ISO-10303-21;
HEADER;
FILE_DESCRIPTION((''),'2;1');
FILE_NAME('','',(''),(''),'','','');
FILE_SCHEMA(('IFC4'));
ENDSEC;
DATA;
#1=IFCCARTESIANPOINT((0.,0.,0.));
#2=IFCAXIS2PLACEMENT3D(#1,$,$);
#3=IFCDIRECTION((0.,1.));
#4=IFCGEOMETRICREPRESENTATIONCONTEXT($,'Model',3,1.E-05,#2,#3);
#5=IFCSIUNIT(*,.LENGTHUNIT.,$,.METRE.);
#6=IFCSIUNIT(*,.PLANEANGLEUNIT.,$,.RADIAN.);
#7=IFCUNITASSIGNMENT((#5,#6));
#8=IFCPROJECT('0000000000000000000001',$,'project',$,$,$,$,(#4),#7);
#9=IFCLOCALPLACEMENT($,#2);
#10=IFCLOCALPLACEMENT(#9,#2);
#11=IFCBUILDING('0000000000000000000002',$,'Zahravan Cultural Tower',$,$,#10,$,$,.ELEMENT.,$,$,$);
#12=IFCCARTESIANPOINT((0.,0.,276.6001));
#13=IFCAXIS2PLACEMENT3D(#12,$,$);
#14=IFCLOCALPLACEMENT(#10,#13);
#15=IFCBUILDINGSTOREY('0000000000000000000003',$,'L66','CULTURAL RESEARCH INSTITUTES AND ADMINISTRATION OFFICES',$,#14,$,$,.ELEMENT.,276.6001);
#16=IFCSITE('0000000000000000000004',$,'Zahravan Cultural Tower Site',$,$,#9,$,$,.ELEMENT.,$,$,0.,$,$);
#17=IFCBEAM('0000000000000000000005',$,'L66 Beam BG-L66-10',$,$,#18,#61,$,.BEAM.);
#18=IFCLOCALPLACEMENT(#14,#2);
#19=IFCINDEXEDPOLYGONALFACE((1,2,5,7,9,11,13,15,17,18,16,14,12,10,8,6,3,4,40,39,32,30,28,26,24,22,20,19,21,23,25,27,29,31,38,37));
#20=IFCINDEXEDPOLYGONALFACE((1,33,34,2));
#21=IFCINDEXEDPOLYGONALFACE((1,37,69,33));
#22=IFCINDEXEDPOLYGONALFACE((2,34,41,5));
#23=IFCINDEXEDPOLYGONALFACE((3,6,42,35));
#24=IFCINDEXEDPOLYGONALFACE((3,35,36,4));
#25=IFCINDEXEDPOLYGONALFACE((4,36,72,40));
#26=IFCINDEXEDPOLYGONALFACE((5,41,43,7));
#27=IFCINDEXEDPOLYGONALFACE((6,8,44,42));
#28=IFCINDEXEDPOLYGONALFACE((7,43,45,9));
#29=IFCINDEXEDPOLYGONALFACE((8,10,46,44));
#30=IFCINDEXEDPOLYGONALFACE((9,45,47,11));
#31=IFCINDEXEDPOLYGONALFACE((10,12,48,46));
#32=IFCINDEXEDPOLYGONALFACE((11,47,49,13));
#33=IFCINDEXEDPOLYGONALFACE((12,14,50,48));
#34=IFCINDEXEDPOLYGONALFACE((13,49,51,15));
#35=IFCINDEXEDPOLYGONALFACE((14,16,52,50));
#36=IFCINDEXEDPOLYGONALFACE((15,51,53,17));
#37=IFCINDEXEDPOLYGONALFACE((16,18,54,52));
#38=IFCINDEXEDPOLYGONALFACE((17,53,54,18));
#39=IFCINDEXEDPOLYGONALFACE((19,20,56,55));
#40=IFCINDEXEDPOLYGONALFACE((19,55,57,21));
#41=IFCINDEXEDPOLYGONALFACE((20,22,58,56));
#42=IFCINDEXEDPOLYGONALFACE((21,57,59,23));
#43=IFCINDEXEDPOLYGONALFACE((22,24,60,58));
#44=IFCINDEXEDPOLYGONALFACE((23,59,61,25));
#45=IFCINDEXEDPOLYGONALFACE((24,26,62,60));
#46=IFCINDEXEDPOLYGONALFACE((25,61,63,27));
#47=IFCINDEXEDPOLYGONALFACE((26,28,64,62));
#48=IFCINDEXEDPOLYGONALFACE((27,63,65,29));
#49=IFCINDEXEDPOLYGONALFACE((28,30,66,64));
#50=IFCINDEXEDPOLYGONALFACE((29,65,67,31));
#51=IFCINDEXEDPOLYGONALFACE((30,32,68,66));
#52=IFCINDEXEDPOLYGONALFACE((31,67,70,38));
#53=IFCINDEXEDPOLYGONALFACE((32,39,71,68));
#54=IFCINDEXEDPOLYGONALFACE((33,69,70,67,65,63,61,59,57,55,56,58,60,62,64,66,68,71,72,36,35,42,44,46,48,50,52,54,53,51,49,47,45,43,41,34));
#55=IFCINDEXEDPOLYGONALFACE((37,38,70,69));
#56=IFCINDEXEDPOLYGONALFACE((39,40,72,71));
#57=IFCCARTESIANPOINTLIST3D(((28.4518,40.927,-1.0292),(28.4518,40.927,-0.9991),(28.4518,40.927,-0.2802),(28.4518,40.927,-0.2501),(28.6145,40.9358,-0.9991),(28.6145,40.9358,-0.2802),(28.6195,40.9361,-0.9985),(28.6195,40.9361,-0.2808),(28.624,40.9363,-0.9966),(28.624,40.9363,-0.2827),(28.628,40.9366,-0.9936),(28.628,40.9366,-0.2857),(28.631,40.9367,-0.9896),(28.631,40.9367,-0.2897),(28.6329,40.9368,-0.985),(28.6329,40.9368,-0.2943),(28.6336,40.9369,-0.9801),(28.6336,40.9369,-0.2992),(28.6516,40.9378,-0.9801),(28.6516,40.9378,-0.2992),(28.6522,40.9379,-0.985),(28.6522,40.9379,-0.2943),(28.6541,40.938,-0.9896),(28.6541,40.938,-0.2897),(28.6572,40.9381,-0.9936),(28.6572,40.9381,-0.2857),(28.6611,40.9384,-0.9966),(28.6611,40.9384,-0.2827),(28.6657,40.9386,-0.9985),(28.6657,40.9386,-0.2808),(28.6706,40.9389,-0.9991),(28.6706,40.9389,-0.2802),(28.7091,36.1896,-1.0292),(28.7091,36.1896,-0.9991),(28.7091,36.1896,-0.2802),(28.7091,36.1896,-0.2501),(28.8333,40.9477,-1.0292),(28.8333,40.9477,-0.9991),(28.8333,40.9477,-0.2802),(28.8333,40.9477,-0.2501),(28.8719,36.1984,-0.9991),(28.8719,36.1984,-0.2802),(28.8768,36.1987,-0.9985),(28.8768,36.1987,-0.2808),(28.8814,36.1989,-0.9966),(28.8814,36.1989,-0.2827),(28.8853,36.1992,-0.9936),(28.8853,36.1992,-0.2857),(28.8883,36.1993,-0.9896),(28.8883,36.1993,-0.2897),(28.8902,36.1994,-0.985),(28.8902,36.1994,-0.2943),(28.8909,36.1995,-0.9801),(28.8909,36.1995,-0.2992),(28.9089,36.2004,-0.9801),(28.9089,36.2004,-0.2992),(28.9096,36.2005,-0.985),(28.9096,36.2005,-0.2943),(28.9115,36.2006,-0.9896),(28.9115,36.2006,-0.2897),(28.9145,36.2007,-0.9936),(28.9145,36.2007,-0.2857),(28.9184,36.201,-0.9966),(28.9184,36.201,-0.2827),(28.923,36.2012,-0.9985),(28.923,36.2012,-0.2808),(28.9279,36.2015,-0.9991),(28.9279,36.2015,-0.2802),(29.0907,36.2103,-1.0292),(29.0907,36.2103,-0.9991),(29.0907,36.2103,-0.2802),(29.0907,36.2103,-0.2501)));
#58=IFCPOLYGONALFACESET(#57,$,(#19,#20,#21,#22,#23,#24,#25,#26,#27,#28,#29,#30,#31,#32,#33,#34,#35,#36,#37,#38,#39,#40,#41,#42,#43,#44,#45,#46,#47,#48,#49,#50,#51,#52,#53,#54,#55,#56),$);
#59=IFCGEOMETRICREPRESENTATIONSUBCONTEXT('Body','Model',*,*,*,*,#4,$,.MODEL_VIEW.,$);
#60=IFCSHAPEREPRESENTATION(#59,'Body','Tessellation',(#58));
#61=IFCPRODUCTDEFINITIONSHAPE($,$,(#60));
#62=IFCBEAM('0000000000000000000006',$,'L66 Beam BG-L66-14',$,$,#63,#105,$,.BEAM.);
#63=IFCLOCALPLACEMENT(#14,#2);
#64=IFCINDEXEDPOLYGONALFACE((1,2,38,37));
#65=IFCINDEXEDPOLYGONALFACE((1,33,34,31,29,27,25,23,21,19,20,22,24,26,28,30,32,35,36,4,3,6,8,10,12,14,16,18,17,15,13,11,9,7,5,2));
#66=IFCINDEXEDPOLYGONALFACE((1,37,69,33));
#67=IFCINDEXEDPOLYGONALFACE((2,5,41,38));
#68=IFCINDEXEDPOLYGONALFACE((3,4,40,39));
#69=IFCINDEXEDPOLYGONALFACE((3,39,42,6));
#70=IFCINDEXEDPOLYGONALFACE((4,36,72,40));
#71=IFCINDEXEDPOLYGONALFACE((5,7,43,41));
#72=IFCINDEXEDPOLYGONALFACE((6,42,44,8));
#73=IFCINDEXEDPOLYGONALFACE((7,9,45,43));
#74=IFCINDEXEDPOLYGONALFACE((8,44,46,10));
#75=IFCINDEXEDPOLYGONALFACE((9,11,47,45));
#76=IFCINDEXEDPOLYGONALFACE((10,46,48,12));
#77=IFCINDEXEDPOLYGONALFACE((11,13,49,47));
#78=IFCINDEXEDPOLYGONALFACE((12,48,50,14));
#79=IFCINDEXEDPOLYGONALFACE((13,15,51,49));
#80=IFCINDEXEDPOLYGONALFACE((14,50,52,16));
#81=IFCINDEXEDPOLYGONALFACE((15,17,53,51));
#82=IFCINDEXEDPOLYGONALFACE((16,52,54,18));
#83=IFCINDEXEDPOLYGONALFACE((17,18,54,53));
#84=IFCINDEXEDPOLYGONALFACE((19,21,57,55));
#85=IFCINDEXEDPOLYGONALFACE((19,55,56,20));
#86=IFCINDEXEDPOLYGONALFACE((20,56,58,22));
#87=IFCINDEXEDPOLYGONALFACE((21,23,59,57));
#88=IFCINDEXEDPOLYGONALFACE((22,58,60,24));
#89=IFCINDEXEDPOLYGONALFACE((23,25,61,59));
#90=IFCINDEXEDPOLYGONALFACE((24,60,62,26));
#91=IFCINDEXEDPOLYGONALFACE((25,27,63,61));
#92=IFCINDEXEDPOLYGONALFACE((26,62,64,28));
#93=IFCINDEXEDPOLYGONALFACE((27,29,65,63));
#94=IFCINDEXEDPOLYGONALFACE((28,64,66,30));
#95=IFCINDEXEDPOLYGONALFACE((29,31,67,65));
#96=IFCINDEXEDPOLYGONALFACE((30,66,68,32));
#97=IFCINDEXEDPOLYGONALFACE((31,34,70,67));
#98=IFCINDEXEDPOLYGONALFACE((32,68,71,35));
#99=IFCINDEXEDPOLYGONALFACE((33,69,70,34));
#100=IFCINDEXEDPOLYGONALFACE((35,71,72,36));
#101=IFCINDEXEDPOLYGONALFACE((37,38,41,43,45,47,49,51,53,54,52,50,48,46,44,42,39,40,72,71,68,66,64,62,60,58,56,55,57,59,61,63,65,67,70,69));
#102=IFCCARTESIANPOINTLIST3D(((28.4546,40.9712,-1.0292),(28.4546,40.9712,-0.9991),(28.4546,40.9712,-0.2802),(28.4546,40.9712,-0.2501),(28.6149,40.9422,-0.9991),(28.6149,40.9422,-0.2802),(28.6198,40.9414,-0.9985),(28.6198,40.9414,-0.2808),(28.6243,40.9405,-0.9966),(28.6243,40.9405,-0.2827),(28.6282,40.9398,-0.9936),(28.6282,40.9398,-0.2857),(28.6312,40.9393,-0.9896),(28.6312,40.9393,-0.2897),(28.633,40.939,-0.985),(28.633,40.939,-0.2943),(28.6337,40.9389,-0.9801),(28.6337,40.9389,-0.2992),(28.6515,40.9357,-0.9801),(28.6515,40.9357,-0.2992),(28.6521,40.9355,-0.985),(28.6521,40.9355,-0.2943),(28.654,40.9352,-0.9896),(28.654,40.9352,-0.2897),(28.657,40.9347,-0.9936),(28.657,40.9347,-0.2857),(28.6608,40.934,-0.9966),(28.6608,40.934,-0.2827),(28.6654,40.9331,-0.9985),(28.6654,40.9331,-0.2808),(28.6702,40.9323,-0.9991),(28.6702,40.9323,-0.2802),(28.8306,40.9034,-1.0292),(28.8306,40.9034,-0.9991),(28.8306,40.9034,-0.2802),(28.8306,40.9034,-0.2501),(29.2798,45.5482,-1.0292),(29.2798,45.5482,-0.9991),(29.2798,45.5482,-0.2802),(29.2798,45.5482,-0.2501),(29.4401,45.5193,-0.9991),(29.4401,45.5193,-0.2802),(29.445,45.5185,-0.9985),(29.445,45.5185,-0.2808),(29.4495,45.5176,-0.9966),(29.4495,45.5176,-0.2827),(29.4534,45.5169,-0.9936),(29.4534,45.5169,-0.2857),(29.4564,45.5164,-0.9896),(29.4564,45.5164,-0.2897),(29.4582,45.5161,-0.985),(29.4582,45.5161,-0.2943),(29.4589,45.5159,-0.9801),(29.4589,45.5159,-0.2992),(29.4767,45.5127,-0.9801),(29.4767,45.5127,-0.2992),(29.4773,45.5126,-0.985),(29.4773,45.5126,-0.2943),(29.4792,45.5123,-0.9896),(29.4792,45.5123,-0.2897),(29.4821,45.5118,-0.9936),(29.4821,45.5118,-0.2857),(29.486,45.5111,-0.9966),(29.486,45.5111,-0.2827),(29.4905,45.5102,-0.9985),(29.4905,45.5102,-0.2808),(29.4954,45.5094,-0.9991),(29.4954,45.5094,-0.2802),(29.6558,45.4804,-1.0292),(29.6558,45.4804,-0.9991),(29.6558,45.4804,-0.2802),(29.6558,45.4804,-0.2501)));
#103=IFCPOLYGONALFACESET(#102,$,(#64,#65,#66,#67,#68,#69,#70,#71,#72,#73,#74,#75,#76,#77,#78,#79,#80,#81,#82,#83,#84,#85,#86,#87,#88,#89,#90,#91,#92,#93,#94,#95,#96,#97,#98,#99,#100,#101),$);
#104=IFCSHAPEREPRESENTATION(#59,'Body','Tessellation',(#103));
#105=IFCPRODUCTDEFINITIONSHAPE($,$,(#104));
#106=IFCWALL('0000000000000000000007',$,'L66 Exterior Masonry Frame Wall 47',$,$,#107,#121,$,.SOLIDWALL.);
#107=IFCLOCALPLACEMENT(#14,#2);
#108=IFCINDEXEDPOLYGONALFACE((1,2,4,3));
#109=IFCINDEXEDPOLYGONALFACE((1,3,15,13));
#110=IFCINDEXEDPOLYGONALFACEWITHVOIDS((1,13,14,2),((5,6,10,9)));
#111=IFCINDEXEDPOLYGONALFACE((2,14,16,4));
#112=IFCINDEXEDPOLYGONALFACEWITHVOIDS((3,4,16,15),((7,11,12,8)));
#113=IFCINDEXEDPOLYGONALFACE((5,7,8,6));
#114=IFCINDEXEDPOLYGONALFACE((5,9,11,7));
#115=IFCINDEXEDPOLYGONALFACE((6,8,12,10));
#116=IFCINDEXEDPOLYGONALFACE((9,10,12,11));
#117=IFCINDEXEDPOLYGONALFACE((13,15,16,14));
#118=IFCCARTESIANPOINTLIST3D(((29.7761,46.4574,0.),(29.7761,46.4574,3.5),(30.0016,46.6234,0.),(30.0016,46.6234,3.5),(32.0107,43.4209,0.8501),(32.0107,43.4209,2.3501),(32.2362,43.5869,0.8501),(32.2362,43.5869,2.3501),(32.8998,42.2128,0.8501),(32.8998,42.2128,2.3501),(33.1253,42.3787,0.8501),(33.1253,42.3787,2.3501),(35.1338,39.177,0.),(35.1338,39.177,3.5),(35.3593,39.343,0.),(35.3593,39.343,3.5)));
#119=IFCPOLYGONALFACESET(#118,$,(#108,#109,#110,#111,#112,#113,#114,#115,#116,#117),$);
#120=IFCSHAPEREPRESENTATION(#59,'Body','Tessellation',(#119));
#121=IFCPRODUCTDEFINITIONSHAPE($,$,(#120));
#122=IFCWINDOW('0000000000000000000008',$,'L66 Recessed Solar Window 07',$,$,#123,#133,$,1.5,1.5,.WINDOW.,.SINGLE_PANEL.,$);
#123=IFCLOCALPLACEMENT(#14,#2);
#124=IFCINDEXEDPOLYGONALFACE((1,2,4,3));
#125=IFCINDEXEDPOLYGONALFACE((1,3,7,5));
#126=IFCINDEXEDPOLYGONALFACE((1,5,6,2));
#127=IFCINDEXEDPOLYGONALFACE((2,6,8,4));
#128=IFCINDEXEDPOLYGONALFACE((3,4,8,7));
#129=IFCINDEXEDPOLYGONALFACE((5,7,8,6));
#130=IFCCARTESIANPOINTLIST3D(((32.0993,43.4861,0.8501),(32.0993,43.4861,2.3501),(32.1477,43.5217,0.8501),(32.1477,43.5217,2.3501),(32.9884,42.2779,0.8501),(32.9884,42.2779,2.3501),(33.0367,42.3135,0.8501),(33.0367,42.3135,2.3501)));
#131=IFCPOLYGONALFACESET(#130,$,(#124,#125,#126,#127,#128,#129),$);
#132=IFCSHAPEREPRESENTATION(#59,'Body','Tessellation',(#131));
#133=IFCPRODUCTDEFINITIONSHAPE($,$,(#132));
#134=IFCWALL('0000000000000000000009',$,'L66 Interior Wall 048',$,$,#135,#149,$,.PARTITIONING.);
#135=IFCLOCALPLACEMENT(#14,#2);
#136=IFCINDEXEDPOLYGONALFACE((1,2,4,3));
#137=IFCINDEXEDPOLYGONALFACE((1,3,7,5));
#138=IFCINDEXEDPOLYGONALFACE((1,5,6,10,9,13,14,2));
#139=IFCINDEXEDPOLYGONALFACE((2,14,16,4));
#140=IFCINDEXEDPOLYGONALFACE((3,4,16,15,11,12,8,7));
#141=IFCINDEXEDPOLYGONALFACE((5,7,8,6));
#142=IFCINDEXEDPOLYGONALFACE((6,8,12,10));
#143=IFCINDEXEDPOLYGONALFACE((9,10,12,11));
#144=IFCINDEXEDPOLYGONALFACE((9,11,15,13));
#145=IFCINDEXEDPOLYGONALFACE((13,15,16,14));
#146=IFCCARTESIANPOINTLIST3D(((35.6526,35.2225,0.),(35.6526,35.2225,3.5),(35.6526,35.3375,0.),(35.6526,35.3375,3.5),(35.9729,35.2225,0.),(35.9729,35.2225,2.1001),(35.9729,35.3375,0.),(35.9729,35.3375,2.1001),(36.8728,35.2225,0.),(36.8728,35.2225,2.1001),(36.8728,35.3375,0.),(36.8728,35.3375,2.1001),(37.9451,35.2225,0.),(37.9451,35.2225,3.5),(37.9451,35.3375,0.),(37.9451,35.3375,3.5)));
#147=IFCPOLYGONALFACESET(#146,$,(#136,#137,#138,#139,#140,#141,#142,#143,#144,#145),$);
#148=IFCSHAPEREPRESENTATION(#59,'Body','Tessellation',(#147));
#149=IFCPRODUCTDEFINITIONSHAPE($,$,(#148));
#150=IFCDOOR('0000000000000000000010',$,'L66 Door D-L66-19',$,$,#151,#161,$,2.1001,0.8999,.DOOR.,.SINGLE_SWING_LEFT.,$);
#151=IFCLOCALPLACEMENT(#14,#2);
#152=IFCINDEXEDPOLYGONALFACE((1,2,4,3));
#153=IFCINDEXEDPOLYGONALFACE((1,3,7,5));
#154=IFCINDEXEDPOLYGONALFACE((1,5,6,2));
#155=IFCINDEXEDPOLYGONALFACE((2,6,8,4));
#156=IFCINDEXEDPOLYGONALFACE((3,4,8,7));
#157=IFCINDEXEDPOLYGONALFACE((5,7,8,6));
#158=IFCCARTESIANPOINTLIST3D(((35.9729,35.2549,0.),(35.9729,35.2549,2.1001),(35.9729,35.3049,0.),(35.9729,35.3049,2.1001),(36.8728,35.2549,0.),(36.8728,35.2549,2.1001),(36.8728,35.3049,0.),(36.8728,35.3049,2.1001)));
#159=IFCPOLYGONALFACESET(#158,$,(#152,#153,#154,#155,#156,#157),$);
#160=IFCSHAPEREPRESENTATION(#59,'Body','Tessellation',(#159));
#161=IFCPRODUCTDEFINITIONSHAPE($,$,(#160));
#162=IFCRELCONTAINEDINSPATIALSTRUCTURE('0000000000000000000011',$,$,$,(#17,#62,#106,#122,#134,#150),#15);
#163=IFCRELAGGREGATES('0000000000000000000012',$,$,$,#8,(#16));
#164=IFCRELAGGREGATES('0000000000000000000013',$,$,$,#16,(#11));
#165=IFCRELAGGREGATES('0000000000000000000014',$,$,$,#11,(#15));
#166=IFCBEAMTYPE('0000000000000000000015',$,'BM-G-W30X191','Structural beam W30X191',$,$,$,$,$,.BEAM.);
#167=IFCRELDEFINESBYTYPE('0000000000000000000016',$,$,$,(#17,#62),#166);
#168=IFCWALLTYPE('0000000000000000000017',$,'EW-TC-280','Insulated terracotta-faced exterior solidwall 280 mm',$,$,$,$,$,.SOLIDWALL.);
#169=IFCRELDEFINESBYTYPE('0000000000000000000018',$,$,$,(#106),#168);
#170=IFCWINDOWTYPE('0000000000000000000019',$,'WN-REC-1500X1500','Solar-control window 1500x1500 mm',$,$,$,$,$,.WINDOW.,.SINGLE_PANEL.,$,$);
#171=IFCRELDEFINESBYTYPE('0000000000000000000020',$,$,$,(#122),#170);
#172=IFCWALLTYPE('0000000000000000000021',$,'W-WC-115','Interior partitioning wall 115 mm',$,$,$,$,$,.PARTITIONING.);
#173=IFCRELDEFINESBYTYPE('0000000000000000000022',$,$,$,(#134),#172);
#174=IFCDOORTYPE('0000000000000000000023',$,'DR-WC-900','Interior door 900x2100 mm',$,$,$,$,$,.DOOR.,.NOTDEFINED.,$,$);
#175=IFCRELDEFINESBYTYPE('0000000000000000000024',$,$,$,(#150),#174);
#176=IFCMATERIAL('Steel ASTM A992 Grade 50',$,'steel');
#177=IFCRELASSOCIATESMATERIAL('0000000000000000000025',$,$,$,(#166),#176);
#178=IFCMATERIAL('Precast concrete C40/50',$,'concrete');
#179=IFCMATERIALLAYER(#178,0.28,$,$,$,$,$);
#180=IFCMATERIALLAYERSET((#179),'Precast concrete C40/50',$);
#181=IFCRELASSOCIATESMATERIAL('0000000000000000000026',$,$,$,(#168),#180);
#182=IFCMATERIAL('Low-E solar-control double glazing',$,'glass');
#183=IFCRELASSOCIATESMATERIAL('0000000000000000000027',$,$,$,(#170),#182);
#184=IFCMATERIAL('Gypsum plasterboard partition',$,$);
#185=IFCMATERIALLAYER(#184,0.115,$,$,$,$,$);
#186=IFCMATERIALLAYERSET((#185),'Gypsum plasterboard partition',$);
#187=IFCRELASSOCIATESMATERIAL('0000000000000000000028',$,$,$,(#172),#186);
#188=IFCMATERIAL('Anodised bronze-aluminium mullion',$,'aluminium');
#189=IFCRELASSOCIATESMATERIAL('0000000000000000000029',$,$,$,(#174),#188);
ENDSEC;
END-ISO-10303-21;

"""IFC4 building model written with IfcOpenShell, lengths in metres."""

from ifc_helpers import new_model, si_unit, direction, frame, frame_2d, origin, origin_2d, place, context, subcontext, project, spatial, rectangle, i_section, extrude, source, transform, mapped, material, layer, layer_set, material_profile, profile_set, type_object, element, fill, save


model = new_model("IFC4")

# Units and contexts
model_context = context("Model", 3, precision=1e-05, world=origin(), true_north=direction((0.0, 1.0)))
body_context = subcontext(model_context, "Body", "Model", "MODEL_VIEW")
ifc_project = project(units=[si_unit("LENGTHUNIT", "METRE"), si_unit("PLANEANGLEUNIT", "RADIAN")], contexts=[model_context])

# Site, building, storey
site_placement = place(None, origin())
site = spatial("IfcSite", under=ifc_project, at=site_placement, Name="Zahravan Cultural Tower Site", CompositionType="ELEMENT", RefElevation=0.0)
building_placement = place(site_placement, origin())
building = spatial("IfcBuilding", under=site, at=building_placement, Name="Zahravan Cultural Tower", CompositionType="ELEMENT")
storey_placement = place(building_placement, frame((0.0, 0.0, 276.6001)))
storey = spatial("IfcBuildingStorey", under=building, at=storey_placement, Name="L66", Description="CULTURAL RESEARCH INSTITUTES AND ADMINISTRATION OFFICES", CompositionType="ELEMENT", Elevation=276.6001)

# Shared definitions
ifc_material_1 = material(Name="Steel ASTM A992 Grade 50", Category="steel")

# Beams
ifc_material_profile_1 = material_profile(ifc_material_1, i_section(OverallWidth=0.3821, OverallDepth=0.7791, WebThickness=0.0181, FlangeThickness=0.03, FilletRadius=0.019, at=origin_2d()), Name="W30X191")
ifc_profile_set_1 = profile_set([ifc_material_profile_1], Name="Steel ASTM A992 Grade 50")
beam_type_1 = type_object("IfcBeamType", Name="BM-G-W30X191", Description="Structural beam W30X191", PredefinedType="BEAM", material=ifc_profile_set_1)
shared_shape_1 = source(origin(), body_context, "Body", "SweptSolid", [
    extrude(i_section(OverallWidth=0.3821, OverallDepth=0.7791, WebThickness=0.0181, FlangeThickness=0.03, FilletRadius=0.019, at=origin_2d()), origin(), (0.0, 0.0, 1.0), 4.7444),
])
beam_1_placement = place(storey_placement, frame((28.8999, 36.2, -0.6396), z_axis=(-0.054239, 0.998528, 0.0), x_axis=(-0.998528, -0.054239, 0.0)))
element("IfcBeam", 1, at=beam_1_placement, inside=storey, type_object=beam_type_1, Name="L66 Beam BG-L66-10", PredefinedType="BEAM", context=body_context, shape_type="MappedRepresentation", body=[
    mapped(shared_shape_1, transform((0.0, 0.0, 0.0), x_axis=(1.0, 0.0, 0.0), y_axis=(0.0, 1.0, 0.0), z_axis=(0.0, 0.0, 1.0), scale=1.0)),
])
shared_shape_2 = source(origin(), body_context, "Body", "SweptSolid", [
    extrude(i_section(OverallWidth=0.3821, OverallDepth=0.7791, WebThickness=0.0181, FlangeThickness=0.03, FilletRadius=0.019, at=origin_2d()), origin(), (0.0, 0.0, 1.0), 4.6509),
])
beam_2_placement = place(storey_placement, frame((28.6426, 40.9373, -0.6396), z_axis=(0.177426, 0.984134, 0.0), x_axis=(-0.984134, 0.177426, 0.0)))
element("IfcBeam", 2, at=beam_2_placement, inside=storey, type_object=beam_type_1, Name="L66 Beam BG-L66-14", PredefinedType="BEAM", context=body_context, shape_type="MappedRepresentation", body=[
    mapped(shared_shape_2, transform((0.0, 0.0, 0.0), x_axis=(1.0, 0.0, 0.0), y_axis=(0.0, 1.0, 0.0), z_axis=(0.0, 0.0, 1.0), scale=1.0)),
])

# Wall, opening, window
ifc_material_2 = material(Name="Precast concrete C40/50", Category="concrete")
ifc_layer_1 = layer(ifc_material_2, 0.28)
ifc_layer_set_1 = layer_set([ifc_layer_1], Name="Precast concrete C40/50")
wall_type_1 = type_object("IfcWallType", Name="EW-TC-280", Description="Insulated terracotta-faced exterior solidwall 280 mm", PredefinedType="SOLIDWALL", material=ifc_layer_set_1)
wall_1_placement = place(storey_placement, frame((29.8889, 46.5403, 0.0), z_axis=(0.0, 0.0, 1.0), x_axis=(0.592715, -0.805412, 0.0)))
wall_1 = element("IfcWall", 3, at=wall_1_placement, inside=storey, type_object=wall_type_1, Name="L66 Exterior Masonry Frame Wall 47", PredefinedType="SOLIDWALL", context=body_context, shape_type="SweptSolid", body=[
    extrude(rectangle(XDim=9.0393, YDim=0.28, at=frame_2d((4.5195, 0.0))), origin(), (0.0, 0.0, 1.0), 3.5),
])
opening_1_placement = place(wall_1_placement, frame((3.77, 0.0, 0.8501)))
opening_1 = element("IfcOpeningElement", 4, at=opening_1_placement, cuts=wall_1, PredefinedType="OPENING", context=body_context, shape_type="SweptSolid", body=[
    extrude(rectangle(XDim=1.5, YDim=1.5, at=frame_2d((0.75, 0.75))), frame((0.0, 0.1499, 0.0), z_axis=(0.0, -1.0, 0.0), x_axis=(1.0, 0.0, 0.0)), (0.0, 0.0, 1.0), 0.3),
])
ifc_material_3 = material(Name="Low-E solar-control double glazing", Category="glass")
window_type = type_object("IfcWindowType", Name="WN-REC-1500X1500", Description="Solar-control window 1500x1500 mm", PartitioningType="SINGLE_PANEL", PredefinedType="WINDOW", material=ifc_material_3)
shared_shape_3 = source(origin(), body_context, "Body", "SweptSolid", [
    extrude(rectangle(XDim=1.5, YDim=1.5, at=frame_2d((0.75, 0.75))), frame((0.0, 0.03, 0.0), z_axis=(0.0, -1.0, 0.0), x_axis=(1.0, 0.0, 0.0)), (0.0, 0.0, 1.0), 0.0601),
])
window_placement = place(opening_1_placement, origin())
window = element("IfcWindow", 5, at=window_placement, inside=storey, type_object=window_type, Name="L66 Recessed Solar Window 07", OverallHeight=1.5, OverallWidth=1.5, PartitioningType="SINGLE_PANEL", PredefinedType="WINDOW", context=body_context, shape_type="MappedRepresentation", body=[
    mapped(shared_shape_3, transform((0.0, 0.0, 0.0), x_axis=(1.0, 0.0, 0.0), y_axis=(0.0, 1.0, 0.0), z_axis=(0.0, 0.0, 1.0), scale=1.0)),
])
fill(opening_1, window)

# Wall, opening, door
ifc_material_4 = material(Name="Gypsum plasterboard partition")
ifc_layer_2 = layer(ifc_material_4, 0.115)
ifc_layer_set_2 = layer_set([ifc_layer_2], Name="Gypsum plasterboard partition")
wall_type_2 = type_object("IfcWallType", Name="W-WC-115", Description="Interior partitioning wall 115 mm", PredefinedType="PARTITIONING", material=ifc_layer_set_2)
wall_2_placement = place(storey_placement, frame((35.6526, 35.28, 0.0), z_axis=(0.0, 0.0, 1.0), x_axis=(1.0, 0.0, 0.0)))
wall_2 = element("IfcWall", 6, at=wall_2_placement, inside=storey, type_object=wall_type_2, Name="L66 Interior Wall 048", PredefinedType="PARTITIONING", context=body_context, shape_type="SweptSolid", body=[
    extrude(rectangle(XDim=2.2925, YDim=0.115, at=frame_2d((1.1462, 0.0))), origin(), (0.0, 0.0, 1.0), 3.5),
])
opening_2_placement = place(wall_2_placement, frame((0.3203, 0.0, 0.0)))
opening_2 = element("IfcOpeningElement", 7, at=opening_2_placement, cuts=wall_2, PredefinedType="OPENING", context=body_context, shape_type="SweptSolid", body=[
    extrude(rectangle(XDim=0.8999, YDim=2.1001, at=frame_2d((0.45, 1.05))), frame((0.0, 0.0674, 0.0), z_axis=(0.0, -1.0, 0.0), x_axis=(1.0, 0.0, 0.0)), (0.0, 0.0, 1.0), 0.135),
])
ifc_material_5 = material(Name="Anodised bronze-aluminium mullion", Category="aluminium")
door_type_1 = type_object("IfcDoorType", Name="DR-WC-900", Description="Interior door 900x2100 mm", OperationType="NOTDEFINED", PredefinedType="DOOR", material=ifc_material_5)
shared_shape_4 = source(origin(), body_context, "Body", "SweptSolid", [
    extrude(rectangle(XDim=0.8999, YDim=2.1001, at=frame_2d((0.45, 1.05))), frame((0.0, 0.0249, 0.0), z_axis=(0.0, -1.0, 0.0), x_axis=(1.0, 0.0, 0.0)), (0.0, 0.0, 1.0), 0.05),
])
door_1_placement = place(opening_2_placement, origin())
door_1 = element("IfcDoor", 8, at=door_1_placement, inside=storey, type_object=door_type_1, Name="L66 Door D-L66-19", OperationType="SINGLE_SWING_LEFT", OverallHeight=2.1001, OverallWidth=0.8999, PredefinedType="DOOR", context=body_context, shape_type="MappedRepresentation", body=[
    mapped(shared_shape_4, transform((0.0, 0.0, 0.0), x_axis=(1.0, 0.0, 0.0), y_axis=(0.0, 1.0, 0.0), z_axis=(0.0, 0.0, 1.0), scale=1.0)),
])
fill(opening_2, door_1)

save(model, "model.ifc")
